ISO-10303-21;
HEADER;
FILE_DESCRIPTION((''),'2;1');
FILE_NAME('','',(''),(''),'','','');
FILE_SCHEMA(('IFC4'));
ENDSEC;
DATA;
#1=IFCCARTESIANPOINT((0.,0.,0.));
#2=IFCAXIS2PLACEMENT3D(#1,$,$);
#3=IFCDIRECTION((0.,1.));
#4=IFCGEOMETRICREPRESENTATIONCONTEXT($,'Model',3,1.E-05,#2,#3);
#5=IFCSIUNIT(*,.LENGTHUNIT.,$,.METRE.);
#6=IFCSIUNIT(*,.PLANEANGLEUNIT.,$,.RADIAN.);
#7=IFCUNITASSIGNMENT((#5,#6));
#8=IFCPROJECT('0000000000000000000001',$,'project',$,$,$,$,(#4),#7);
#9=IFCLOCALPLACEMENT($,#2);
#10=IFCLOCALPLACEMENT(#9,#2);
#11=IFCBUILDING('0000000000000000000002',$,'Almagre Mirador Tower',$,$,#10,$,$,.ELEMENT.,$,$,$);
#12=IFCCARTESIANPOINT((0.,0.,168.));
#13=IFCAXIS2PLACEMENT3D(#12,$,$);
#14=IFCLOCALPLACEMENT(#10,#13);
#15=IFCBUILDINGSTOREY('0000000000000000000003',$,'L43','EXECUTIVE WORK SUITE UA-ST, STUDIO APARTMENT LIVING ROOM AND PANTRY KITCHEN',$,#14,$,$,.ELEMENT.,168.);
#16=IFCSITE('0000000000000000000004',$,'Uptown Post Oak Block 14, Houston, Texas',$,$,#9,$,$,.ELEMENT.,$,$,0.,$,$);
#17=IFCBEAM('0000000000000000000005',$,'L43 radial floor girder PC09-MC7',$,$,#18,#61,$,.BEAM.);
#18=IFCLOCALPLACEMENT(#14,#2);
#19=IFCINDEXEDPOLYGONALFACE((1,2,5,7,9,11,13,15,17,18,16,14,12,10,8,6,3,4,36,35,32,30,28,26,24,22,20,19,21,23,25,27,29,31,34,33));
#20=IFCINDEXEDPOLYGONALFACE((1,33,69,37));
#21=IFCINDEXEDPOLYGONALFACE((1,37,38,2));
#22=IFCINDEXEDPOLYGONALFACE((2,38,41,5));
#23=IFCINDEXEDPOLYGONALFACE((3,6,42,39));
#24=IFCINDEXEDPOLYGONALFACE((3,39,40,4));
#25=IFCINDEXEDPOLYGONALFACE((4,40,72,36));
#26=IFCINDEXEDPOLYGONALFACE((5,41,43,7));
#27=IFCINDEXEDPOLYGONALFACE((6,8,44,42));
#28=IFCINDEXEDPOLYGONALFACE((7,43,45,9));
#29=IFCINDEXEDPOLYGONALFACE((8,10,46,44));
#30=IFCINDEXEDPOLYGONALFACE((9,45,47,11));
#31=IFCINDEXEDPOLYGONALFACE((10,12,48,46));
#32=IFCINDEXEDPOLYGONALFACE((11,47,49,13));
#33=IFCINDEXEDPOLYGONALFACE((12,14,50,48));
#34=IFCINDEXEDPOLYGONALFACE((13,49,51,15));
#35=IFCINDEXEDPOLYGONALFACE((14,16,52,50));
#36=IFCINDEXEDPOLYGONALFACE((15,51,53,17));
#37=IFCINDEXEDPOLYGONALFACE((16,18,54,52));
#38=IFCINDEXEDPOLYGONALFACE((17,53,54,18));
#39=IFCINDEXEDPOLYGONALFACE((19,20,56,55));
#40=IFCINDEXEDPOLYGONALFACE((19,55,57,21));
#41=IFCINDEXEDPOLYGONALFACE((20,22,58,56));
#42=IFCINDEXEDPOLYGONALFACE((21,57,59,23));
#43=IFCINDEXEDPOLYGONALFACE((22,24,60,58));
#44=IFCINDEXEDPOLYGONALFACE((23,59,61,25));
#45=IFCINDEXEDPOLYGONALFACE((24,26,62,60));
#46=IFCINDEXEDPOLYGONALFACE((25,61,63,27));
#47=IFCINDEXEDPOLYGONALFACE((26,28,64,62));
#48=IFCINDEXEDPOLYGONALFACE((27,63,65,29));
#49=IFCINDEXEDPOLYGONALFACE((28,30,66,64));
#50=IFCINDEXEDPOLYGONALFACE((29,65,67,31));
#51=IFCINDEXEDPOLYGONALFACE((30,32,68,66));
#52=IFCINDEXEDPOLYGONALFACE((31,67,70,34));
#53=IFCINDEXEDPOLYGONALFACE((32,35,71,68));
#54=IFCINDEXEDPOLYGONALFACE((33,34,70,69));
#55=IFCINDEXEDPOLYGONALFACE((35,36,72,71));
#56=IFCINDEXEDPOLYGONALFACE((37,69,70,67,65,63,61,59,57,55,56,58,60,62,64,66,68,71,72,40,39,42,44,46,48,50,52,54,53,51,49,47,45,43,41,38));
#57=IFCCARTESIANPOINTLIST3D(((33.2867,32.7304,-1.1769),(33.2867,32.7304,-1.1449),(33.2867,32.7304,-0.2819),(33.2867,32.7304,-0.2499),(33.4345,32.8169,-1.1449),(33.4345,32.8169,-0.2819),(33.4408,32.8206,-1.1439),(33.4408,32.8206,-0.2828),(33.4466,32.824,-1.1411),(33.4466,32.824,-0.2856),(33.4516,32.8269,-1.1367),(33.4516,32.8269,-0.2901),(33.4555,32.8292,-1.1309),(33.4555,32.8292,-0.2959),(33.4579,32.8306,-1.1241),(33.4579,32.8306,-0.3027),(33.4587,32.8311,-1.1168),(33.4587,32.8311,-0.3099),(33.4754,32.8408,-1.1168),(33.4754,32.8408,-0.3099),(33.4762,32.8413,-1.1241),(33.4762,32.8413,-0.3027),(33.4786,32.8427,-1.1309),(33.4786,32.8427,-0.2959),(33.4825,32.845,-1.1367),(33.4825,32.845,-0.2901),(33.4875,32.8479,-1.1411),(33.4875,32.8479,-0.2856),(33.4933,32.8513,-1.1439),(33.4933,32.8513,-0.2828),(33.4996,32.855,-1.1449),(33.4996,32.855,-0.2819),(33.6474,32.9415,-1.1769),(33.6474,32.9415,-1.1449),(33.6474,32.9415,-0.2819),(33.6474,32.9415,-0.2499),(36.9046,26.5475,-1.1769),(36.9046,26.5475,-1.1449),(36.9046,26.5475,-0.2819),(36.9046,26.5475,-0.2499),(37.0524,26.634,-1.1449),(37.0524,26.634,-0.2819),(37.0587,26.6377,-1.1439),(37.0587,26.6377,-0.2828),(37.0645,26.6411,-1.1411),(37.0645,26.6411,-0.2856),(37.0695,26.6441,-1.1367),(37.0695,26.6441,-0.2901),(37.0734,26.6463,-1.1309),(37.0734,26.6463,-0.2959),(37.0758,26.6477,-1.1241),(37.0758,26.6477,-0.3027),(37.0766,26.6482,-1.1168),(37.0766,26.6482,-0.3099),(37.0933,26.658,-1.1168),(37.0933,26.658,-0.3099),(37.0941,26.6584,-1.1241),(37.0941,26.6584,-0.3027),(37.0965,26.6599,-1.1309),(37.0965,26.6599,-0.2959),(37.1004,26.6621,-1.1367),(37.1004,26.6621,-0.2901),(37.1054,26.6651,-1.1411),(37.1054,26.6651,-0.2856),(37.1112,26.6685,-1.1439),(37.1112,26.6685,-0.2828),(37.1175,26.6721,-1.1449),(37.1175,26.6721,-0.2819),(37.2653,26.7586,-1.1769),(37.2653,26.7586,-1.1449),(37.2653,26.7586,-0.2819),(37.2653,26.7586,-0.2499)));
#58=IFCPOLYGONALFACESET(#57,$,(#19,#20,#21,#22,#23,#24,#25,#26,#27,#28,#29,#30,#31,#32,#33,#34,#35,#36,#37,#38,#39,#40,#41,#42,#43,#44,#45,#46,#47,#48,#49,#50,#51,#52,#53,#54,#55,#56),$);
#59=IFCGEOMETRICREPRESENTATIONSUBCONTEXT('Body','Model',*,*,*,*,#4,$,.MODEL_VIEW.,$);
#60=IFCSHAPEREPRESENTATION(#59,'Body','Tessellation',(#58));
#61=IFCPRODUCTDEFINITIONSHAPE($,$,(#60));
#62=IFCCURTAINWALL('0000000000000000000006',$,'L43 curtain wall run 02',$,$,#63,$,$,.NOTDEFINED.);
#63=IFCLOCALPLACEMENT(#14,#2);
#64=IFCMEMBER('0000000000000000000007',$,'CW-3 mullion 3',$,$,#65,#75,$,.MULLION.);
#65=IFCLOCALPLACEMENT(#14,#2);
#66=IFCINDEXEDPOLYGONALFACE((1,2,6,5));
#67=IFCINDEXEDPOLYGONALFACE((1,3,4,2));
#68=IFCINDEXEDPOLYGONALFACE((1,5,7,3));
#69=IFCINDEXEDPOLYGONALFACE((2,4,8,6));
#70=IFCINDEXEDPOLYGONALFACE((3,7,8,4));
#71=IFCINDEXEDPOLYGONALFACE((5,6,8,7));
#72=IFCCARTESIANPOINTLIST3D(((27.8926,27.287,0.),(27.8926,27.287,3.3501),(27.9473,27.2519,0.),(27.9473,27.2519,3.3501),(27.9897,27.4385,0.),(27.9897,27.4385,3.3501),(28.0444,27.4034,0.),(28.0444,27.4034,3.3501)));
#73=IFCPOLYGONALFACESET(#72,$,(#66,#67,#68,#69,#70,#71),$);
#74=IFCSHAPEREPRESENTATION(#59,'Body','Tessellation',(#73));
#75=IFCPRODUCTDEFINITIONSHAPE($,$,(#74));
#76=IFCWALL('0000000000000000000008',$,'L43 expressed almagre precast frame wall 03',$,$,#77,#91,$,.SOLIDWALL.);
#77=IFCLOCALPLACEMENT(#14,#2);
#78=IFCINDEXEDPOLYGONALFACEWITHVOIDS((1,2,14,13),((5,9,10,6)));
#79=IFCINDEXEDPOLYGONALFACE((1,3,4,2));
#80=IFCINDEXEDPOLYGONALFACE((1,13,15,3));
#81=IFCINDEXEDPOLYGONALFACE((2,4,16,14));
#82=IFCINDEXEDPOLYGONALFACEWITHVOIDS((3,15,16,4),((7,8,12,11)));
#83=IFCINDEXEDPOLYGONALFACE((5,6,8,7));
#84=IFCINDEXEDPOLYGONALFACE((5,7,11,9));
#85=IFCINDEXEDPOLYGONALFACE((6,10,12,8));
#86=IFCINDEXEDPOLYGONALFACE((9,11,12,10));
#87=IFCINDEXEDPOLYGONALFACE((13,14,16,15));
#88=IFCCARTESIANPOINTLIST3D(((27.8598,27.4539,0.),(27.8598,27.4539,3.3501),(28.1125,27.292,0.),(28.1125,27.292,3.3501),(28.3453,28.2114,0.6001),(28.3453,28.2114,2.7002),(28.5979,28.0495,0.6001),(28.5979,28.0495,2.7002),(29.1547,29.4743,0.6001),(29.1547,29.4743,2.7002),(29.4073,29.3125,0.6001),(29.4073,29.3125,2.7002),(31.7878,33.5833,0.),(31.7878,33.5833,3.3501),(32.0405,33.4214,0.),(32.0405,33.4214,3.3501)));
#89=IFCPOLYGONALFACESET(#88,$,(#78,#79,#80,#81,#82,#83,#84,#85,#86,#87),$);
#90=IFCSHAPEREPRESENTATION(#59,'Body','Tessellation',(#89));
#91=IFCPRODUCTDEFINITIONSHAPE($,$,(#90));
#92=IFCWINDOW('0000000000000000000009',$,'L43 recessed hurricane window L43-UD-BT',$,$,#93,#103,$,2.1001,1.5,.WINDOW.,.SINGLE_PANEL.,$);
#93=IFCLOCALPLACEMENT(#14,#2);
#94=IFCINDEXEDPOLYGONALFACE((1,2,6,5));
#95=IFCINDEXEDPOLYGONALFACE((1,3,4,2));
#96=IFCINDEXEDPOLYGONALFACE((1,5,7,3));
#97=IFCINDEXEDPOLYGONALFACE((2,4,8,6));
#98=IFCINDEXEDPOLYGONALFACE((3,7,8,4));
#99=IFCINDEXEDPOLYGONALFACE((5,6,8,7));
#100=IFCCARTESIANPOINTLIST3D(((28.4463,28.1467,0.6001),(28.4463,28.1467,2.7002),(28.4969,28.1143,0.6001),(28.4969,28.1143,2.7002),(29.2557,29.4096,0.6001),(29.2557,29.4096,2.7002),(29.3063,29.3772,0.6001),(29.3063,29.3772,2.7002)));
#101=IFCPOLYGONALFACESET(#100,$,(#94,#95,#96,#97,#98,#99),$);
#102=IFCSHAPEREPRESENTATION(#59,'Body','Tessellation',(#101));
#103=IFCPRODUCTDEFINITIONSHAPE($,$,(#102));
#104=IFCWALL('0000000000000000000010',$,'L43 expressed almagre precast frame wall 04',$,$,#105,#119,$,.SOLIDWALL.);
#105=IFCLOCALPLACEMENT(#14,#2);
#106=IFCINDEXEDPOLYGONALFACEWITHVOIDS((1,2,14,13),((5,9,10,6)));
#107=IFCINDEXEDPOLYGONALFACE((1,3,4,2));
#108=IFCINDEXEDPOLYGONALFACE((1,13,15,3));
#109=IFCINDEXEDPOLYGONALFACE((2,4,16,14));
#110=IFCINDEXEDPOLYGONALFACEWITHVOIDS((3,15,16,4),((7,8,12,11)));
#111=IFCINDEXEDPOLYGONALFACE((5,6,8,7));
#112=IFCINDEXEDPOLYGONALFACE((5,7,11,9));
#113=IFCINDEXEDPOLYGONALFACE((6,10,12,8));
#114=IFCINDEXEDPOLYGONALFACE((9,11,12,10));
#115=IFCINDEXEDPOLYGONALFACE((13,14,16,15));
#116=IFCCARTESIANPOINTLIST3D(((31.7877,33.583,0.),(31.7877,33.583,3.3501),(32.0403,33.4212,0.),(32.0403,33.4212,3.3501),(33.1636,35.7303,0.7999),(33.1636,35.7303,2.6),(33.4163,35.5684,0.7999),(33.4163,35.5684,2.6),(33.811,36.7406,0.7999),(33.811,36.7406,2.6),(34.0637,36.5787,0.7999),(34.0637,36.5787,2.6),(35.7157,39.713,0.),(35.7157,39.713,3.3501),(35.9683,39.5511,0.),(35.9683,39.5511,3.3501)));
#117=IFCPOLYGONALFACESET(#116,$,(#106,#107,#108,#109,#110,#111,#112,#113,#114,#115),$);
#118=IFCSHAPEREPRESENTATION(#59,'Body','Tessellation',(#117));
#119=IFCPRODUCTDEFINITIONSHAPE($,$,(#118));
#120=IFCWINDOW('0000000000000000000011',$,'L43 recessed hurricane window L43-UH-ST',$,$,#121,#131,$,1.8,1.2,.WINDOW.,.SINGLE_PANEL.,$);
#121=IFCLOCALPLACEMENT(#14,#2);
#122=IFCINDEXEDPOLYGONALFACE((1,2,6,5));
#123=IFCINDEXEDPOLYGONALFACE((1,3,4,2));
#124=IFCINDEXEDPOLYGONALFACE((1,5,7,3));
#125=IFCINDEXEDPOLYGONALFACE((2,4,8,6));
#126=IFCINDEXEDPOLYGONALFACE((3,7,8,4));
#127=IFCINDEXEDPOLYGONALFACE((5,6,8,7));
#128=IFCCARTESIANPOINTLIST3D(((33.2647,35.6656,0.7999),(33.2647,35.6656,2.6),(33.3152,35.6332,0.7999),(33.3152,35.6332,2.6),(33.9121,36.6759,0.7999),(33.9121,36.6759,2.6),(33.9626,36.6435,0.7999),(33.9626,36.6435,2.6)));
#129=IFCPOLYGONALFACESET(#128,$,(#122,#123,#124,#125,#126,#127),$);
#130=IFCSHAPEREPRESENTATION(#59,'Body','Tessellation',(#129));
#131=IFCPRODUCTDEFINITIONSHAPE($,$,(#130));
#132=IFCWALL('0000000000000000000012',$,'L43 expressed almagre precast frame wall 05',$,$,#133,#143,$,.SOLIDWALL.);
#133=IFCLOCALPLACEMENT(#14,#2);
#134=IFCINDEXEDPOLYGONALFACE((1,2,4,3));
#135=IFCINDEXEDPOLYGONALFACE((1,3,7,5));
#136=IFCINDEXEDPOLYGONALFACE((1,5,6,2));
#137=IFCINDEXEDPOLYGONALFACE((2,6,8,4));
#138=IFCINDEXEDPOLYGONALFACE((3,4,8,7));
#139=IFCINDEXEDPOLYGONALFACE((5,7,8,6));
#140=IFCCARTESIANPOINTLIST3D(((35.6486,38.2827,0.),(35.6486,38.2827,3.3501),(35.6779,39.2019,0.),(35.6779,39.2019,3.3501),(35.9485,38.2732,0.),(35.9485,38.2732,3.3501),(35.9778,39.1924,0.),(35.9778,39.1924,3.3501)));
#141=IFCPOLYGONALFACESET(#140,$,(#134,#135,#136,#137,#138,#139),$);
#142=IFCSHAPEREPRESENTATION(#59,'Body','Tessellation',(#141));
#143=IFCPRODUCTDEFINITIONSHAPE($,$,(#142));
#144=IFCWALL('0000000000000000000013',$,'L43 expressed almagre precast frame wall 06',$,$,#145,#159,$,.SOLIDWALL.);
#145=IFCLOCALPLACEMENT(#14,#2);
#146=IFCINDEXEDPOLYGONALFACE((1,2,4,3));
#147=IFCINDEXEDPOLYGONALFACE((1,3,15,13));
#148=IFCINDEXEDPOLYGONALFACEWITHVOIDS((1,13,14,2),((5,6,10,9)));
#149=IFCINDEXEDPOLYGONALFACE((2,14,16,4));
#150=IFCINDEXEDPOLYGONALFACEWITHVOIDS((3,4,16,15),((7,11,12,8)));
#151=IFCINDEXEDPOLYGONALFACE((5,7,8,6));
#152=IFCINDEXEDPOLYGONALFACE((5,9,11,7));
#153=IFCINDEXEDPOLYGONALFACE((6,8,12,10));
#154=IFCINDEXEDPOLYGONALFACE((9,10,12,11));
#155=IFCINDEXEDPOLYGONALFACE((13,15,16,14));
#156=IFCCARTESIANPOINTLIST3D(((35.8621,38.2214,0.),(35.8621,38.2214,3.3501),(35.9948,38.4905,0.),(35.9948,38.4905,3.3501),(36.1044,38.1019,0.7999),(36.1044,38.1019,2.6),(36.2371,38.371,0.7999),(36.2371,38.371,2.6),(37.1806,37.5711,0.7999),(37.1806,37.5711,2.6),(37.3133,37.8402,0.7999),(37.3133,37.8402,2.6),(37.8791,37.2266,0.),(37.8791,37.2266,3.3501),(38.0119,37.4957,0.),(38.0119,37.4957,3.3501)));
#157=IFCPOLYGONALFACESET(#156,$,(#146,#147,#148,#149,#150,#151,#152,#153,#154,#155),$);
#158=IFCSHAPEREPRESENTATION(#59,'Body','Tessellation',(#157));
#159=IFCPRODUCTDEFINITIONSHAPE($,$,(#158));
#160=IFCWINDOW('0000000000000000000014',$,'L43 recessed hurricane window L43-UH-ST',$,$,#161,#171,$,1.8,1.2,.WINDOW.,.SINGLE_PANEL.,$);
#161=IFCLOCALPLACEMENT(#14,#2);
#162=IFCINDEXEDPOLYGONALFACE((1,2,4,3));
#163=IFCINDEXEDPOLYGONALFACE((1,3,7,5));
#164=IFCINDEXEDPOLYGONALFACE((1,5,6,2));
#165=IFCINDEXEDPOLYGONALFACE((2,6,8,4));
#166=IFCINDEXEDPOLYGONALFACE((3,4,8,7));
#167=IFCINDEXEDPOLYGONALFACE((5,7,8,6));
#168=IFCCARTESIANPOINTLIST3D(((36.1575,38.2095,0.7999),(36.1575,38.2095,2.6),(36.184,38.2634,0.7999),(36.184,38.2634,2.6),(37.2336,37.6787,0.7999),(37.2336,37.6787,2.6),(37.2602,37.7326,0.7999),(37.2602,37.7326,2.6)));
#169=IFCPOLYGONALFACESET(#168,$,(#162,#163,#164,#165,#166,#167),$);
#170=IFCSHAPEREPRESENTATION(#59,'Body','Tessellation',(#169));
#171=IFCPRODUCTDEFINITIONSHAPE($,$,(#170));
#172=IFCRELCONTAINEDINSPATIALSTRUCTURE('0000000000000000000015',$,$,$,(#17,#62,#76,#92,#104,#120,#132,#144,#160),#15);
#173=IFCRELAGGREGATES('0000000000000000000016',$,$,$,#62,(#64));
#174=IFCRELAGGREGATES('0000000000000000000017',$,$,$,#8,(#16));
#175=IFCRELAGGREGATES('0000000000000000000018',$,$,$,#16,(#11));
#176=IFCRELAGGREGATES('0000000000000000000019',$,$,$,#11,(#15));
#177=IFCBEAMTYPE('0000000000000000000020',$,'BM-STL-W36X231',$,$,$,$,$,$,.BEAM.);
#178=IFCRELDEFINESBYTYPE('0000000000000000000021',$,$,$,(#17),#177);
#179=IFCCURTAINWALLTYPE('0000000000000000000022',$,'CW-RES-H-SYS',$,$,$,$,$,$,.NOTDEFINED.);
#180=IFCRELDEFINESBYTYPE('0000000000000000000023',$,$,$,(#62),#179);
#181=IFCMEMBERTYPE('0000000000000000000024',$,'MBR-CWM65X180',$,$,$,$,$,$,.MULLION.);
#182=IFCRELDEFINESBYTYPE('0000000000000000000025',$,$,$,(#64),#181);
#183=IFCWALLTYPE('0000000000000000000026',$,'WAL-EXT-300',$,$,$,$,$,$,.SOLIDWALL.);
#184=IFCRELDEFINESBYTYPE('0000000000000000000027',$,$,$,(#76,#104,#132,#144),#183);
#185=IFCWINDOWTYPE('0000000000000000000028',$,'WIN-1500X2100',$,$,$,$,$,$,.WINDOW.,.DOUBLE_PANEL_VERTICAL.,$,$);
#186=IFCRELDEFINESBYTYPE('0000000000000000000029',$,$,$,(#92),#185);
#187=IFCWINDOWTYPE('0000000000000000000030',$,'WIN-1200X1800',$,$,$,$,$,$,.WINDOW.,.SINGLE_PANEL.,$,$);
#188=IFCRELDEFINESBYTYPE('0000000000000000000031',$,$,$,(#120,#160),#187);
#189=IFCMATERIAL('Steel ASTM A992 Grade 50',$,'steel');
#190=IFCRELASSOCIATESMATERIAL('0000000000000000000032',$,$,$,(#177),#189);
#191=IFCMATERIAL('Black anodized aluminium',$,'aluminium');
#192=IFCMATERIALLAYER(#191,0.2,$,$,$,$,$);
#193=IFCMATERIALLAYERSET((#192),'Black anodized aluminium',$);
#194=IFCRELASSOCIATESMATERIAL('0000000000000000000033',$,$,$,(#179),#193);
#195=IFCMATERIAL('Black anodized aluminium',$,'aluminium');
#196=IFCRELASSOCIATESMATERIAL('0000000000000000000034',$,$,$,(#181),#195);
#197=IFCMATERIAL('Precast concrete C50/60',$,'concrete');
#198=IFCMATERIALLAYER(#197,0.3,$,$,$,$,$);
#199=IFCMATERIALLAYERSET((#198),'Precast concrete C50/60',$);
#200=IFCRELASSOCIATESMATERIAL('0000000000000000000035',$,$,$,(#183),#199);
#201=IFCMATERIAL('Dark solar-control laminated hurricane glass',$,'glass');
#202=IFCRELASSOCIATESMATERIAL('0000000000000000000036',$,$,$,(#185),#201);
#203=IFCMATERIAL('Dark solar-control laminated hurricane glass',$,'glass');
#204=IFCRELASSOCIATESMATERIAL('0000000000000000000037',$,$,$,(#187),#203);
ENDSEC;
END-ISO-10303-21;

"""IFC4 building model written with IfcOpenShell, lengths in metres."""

from ifc_helpers import new_model, si_unit, direction, frame, frame_2d, origin, origin_2d, place, context, subcontext, project, spatial, rectangle, i_section, extrude, material, layer, layer_set, material_profile, profile_set, type_object, element, fill, aggregate, save


model = new_model("IFC4")

# Units and contexts
model_context = context("Model", 3, precision=1e-05, world=origin(), true_north=direction((0.0, 1.0)))
body_context = subcontext(model_context, "Body", "Model", "MODEL_VIEW")
ifc_project = project(units=[si_unit("LENGTHUNIT", "METRE"), si_unit("PLANEANGLEUNIT", "RADIAN")], contexts=[model_context])

# Site, building, storey
site_placement = place(None, origin())
site = spatial("IfcSite", under=ifc_project, at=site_placement, Name="Uptown Post Oak Block 14, Houston, Texas", CompositionType="ELEMENT", RefElevation=0.0)
building_placement = place(site_placement, origin())
building = spatial("IfcBuilding", under=site, at=building_placement, Name="Almagre Mirador Tower", CompositionType="ELEMENT")
storey_placement = place(building_placement, frame((0.0, 0.0, 168.0)))
storey = spatial("IfcBuildingStorey", under=building, at=storey_placement, Name="L43", Description="EXECUTIVE WORK SUITE UA-ST, STUDIO APARTMENT LIVING ROOM AND PANTRY KITCHEN", CompositionType="ELEMENT", Elevation=168.0)

# Beam
ifc_material_1 = material(Name="Steel ASTM A992 Grade 50", Category="steel")
ifc_material_profile_1 = material_profile(ifc_material_1, i_section(OverallWidth=0.418, OverallDepth=0.927, WebThickness=0.0193, FlangeThickness=0.032, FilletRadius=0.0281, at=origin_2d()), Name="W36X231")
ifc_profile_set_1 = profile_set([ifc_material_profile_1], Name="Steel ASTM A992 Grade 50")
beam_type_1 = type_object("IfcBeamType", Name="BM-STL-W36X231", PredefinedType="BEAM", material=ifc_profile_set_1)
beam_1_placement = place(storey_placement, frame((33.467, 32.8359, -0.7134), z_axis=(0.505042, -0.863095, 0.0), x_axis=(0.863095, 0.505042, 0.0)))
element("IfcBeam", 1, at=beam_1_placement, inside=storey, type_object=beam_type_1, Name="L43 radial floor girder PC09-MC7", PredefinedType="BEAM", context=body_context, shape_type="SweptSolid", body=[
    extrude(i_section(OverallWidth=0.418, OverallDepth=0.927, WebThickness=0.0193, FlangeThickness=0.032, FilletRadius=0.0281, at=origin_2d()), origin(), (0.0, 0.0, 1.0), 7.1636),
])

# Curtain wall, member
ifc_material_2 = material(Name="Black anodized aluminium", Category="aluminium")
ifc_layer_1 = layer(ifc_material_2, 0.2)
ifc_layer_set_1 = layer_set([ifc_layer_1], Name="Black anodized aluminium")
curtain_wall_type = type_object("IfcCurtainWallType", Name="CW-RES-H-SYS", PredefinedType="NOTDEFINED", material=ifc_layer_set_1)
curtain_wall_placement = place(storey_placement, origin())
curtain_wall = element("IfcCurtainWall", 2, at=curtain_wall_placement, inside=storey, type_object=curtain_wall_type, Name="L43 curtain wall run 02", PredefinedType="NOTDEFINED")
ifc_material_3 = material(Name="Black anodized aluminium", Category="aluminium")
ifc_material_profile_2 = material_profile(ifc_material_3, rectangle(XDim=0.0649, YDim=0.1799, at=origin_2d()), Name="CWM65X180")
ifc_profile_set_2 = profile_set([ifc_material_profile_2], Name="Black anodized aluminium")
member_type = type_object("IfcMemberType", Name="MBR-CWM65X180", PredefinedType="MULLION", material=ifc_profile_set_2)
member_placement = place(storey_placement, frame((27.9685, 27.3452, 0.0), z_axis=(0.0, 0.0, 1.0), x_axis=(-0.84196, 0.53954, 0.0)))
member = element("IfcMember", 3, at=member_placement, type_object=member_type, Name="CW-3 mullion 3", PredefinedType="MULLION", context=body_context, shape_type="SweptSolid", body=[
    extrude(rectangle(XDim=0.0649, YDim=0.1799, at=origin_2d()), origin(), (0.0, 0.0, 1.0), 3.3501),
])
aggregate(curtain_wall, [member])

# Walls, openings, windows
ifc_material_4 = material(Name="Precast concrete C50/60", Category="concrete")
ifc_layer_2 = layer(ifc_material_4, 0.3)
ifc_layer_set_2 = layer_set([ifc_layer_2], Name="Precast concrete C50/60")
wall_type_1 = type_object("IfcWallType", Name="WAL-EXT-300", PredefinedType="SOLIDWALL", material=ifc_layer_set_2)
wall_1_placement = place(storey_placement, frame((27.9861, 27.3728, 0.0), z_axis=(0.0, 0.0, 1.0), x_axis=(0.539557, 0.841949, 0.0)))
wall_1 = element("IfcWall", 4, at=wall_1_placement, inside=storey, type_object=wall_type_1, Name="L43 expressed almagre precast frame wall 03", PredefinedType="SOLIDWALL", context=body_context, shape_type="SweptSolid", body=[
    extrude(rectangle(XDim=7.28, YDim=0.3, at=frame_2d((3.6401, 0.0))), origin(), (0.0, 0.0, 1.0), 3.3501),
])
opening_1_placement = place(wall_1_placement, frame((0.8999, 0.0, 0.6001)))
opening_1 = element("IfcOpeningElement", 5, at=opening_1_placement, cuts=wall_1, PredefinedType="OPENING", context=body_context, shape_type="SweptSolid", body=[
    extrude(rectangle(XDim=1.5, YDim=2.1001, at=frame_2d((0.75, 1.05))), frame((0.0, 0.1599, 0.0), z_axis=(0.0, -1.0, 0.0), x_axis=(1.0, 0.0, 0.0)), (0.0, 0.0, 1.0), 0.32),
])
ifc_material_5 = material(Name="Dark solar-control laminated hurricane glass", Category="glass")
window_type_1 = type_object("IfcWindowType", Name="WIN-1500X2100", PartitioningType="DOUBLE_PANEL_VERTICAL", PredefinedType="WINDOW", material=ifc_material_5)
window_1_placement = place(opening_1_placement, origin())
window_1 = element("IfcWindow", 6, at=window_1_placement, inside=storey, type_object=window_type_1, Name="L43 recessed hurricane window L43-UD-BT", OverallHeight=2.1001, OverallWidth=1.5, PartitioningType="SINGLE_PANEL", PredefinedType="WINDOW", context=body_context, shape_type="SweptSolid", body=[
    extrude(rectangle(XDim=1.5, YDim=2.1001, at=frame_2d((0.75, 1.05))), frame((0.0, 0.03, 0.0), z_axis=(0.0, -1.0, 0.0), x_axis=(1.0, 0.0, 0.0)), (0.0, 0.0, 1.0), 0.0601),
])
fill(opening_1, window_1)
wall_2_placement = place(storey_placement, frame((31.9141, 33.5022, 0.0), z_axis=(0.0, 0.0, 1.0), x_axis=(0.539527, 0.841969, 0.0)))
wall_2 = element("IfcWall", 7, at=wall_2_placement, inside=storey, type_object=wall_type_1, Name="L43 expressed almagre precast frame wall 04", PredefinedType="SOLIDWALL", context=body_context, shape_type="SweptSolid", body=[
    extrude(rectangle(XDim=7.2805, YDim=0.3, at=frame_2d((3.6401, 0.0))), origin(), (0.0, 0.0, 1.0), 3.3501),
])
opening_2_placement = place(wall_2_placement, frame((2.55, 0.0, 0.8)))
opening_2 = element("IfcOpeningElement", 8, at=opening_2_placement, cuts=wall_2, PredefinedType="OPENING", context=body_context, shape_type="SweptSolid", body=[
    extrude(rectangle(XDim=1.2, YDim=1.8, at=frame_2d((0.6001, 0.8999))), frame((0.0, 0.1599, 0.0), z_axis=(0.0, -1.0, 0.0), x_axis=(1.0, 0.0, 0.0)), (0.0, 0.0, 1.0), 0.32),
])
ifc_material_6 = material(Name="Dark solar-control laminated hurricane glass", Category="glass")
window_type_2 = type_object("IfcWindowType", Name="WIN-1200X1800", PartitioningType="SINGLE_PANEL", PredefinedType="WINDOW", material=ifc_material_6)
window_2_placement = place(opening_2_placement, origin())
window_2 = element("IfcWindow", 9, at=window_2_placement, inside=storey, type_object=window_type_2, Name="L43 recessed hurricane window L43-UH-ST", OverallHeight=1.8, OverallWidth=1.2, PartitioningType="SINGLE_PANEL", PredefinedType="WINDOW", context=body_context, shape_type="SweptSolid", body=[
    extrude(rectangle(XDim=1.2, YDim=1.8, at=frame_2d((0.6001, 0.8999))), frame((0.0, 0.03, 0.0), z_axis=(0.0, -1.0, 0.0), x_axis=(1.0, 0.0, 0.0)), (0.0, 0.0, 1.0), 0.0601),
])
fill(opening_2, window_2)

# Wall
wall_3_placement = place(storey_placement, frame((35.8279, 39.1973, 0.0), z_axis=(0.0, 0.0, 1.0), x_axis=(-0.031856, -0.999492, 0.0)))
element("IfcWall", 10, at=wall_3_placement, inside=storey, type_object=wall_type_1, Name="L43 expressed almagre precast frame wall 05", PredefinedType="SOLIDWALL", context=body_context, shape_type="SweptSolid", body=[
    extrude(rectangle(XDim=0.9197, YDim=0.3, at=frame_2d((0.46, 0.0))), origin(), (0.0, 0.0, 1.0), 3.3501),
])

# Wall, opening, window
wall_4_placement = place(storey_placement, frame((35.9285, 38.356, 0.0), z_axis=(0.0, 0.0, 1.0), x_axis=(0.896846, -0.442344, 0.0)))
wall_4 = element("IfcWall", 11, at=wall_4_placement, inside=storey, type_object=wall_type_1, Name="L43 expressed almagre precast frame wall 06", PredefinedType="SOLIDWALL", context=body_context, shape_type="SweptSolid", body=[
    extrude(rectangle(XDim=2.249, YDim=0.3, at=frame_2d((1.1245, 0.0))), origin(), (0.0, 0.0, 1.0), 3.3501),
])
opening_3_placement = place(wall_4_placement, frame((0.27, 0.0, 0.8)))
opening_3 = element("IfcOpeningElement", 12, at=opening_3_placement, cuts=wall_4, PredefinedType="OPENING", context=body_context, shape_type="SweptSolid", body=[
    extrude(rectangle(XDim=1.2, YDim=1.8, at=frame_2d((0.6001, 0.8999))), frame((0.0, 0.1599, 0.0), z_axis=(0.0, -1.0, 0.0), x_axis=(1.0, 0.0, 0.0)), (0.0, 0.0, 1.0), 0.32),
])
window_3_placement = place(opening_3_placement, origin())
window_3 = element("IfcWindow", 13, at=window_3_placement, inside=storey, type_object=window_type_2, Name="L43 recessed hurricane window L43-UH-ST", OverallHeight=1.8, OverallWidth=1.2, PartitioningType="SINGLE_PANEL", PredefinedType="WINDOW", context=body_context, shape_type="SweptSolid", body=[
    extrude(rectangle(XDim=1.2, YDim=1.8, at=frame_2d((0.6001, 0.8999))), frame((0.0, 0.03, 0.0), z_axis=(0.0, -1.0, 0.0), x_axis=(1.0, 0.0, 0.0)), (0.0, 0.0, 1.0), 0.0601),
])
fill(opening_3, window_3)

save(model, "model.ifc")
